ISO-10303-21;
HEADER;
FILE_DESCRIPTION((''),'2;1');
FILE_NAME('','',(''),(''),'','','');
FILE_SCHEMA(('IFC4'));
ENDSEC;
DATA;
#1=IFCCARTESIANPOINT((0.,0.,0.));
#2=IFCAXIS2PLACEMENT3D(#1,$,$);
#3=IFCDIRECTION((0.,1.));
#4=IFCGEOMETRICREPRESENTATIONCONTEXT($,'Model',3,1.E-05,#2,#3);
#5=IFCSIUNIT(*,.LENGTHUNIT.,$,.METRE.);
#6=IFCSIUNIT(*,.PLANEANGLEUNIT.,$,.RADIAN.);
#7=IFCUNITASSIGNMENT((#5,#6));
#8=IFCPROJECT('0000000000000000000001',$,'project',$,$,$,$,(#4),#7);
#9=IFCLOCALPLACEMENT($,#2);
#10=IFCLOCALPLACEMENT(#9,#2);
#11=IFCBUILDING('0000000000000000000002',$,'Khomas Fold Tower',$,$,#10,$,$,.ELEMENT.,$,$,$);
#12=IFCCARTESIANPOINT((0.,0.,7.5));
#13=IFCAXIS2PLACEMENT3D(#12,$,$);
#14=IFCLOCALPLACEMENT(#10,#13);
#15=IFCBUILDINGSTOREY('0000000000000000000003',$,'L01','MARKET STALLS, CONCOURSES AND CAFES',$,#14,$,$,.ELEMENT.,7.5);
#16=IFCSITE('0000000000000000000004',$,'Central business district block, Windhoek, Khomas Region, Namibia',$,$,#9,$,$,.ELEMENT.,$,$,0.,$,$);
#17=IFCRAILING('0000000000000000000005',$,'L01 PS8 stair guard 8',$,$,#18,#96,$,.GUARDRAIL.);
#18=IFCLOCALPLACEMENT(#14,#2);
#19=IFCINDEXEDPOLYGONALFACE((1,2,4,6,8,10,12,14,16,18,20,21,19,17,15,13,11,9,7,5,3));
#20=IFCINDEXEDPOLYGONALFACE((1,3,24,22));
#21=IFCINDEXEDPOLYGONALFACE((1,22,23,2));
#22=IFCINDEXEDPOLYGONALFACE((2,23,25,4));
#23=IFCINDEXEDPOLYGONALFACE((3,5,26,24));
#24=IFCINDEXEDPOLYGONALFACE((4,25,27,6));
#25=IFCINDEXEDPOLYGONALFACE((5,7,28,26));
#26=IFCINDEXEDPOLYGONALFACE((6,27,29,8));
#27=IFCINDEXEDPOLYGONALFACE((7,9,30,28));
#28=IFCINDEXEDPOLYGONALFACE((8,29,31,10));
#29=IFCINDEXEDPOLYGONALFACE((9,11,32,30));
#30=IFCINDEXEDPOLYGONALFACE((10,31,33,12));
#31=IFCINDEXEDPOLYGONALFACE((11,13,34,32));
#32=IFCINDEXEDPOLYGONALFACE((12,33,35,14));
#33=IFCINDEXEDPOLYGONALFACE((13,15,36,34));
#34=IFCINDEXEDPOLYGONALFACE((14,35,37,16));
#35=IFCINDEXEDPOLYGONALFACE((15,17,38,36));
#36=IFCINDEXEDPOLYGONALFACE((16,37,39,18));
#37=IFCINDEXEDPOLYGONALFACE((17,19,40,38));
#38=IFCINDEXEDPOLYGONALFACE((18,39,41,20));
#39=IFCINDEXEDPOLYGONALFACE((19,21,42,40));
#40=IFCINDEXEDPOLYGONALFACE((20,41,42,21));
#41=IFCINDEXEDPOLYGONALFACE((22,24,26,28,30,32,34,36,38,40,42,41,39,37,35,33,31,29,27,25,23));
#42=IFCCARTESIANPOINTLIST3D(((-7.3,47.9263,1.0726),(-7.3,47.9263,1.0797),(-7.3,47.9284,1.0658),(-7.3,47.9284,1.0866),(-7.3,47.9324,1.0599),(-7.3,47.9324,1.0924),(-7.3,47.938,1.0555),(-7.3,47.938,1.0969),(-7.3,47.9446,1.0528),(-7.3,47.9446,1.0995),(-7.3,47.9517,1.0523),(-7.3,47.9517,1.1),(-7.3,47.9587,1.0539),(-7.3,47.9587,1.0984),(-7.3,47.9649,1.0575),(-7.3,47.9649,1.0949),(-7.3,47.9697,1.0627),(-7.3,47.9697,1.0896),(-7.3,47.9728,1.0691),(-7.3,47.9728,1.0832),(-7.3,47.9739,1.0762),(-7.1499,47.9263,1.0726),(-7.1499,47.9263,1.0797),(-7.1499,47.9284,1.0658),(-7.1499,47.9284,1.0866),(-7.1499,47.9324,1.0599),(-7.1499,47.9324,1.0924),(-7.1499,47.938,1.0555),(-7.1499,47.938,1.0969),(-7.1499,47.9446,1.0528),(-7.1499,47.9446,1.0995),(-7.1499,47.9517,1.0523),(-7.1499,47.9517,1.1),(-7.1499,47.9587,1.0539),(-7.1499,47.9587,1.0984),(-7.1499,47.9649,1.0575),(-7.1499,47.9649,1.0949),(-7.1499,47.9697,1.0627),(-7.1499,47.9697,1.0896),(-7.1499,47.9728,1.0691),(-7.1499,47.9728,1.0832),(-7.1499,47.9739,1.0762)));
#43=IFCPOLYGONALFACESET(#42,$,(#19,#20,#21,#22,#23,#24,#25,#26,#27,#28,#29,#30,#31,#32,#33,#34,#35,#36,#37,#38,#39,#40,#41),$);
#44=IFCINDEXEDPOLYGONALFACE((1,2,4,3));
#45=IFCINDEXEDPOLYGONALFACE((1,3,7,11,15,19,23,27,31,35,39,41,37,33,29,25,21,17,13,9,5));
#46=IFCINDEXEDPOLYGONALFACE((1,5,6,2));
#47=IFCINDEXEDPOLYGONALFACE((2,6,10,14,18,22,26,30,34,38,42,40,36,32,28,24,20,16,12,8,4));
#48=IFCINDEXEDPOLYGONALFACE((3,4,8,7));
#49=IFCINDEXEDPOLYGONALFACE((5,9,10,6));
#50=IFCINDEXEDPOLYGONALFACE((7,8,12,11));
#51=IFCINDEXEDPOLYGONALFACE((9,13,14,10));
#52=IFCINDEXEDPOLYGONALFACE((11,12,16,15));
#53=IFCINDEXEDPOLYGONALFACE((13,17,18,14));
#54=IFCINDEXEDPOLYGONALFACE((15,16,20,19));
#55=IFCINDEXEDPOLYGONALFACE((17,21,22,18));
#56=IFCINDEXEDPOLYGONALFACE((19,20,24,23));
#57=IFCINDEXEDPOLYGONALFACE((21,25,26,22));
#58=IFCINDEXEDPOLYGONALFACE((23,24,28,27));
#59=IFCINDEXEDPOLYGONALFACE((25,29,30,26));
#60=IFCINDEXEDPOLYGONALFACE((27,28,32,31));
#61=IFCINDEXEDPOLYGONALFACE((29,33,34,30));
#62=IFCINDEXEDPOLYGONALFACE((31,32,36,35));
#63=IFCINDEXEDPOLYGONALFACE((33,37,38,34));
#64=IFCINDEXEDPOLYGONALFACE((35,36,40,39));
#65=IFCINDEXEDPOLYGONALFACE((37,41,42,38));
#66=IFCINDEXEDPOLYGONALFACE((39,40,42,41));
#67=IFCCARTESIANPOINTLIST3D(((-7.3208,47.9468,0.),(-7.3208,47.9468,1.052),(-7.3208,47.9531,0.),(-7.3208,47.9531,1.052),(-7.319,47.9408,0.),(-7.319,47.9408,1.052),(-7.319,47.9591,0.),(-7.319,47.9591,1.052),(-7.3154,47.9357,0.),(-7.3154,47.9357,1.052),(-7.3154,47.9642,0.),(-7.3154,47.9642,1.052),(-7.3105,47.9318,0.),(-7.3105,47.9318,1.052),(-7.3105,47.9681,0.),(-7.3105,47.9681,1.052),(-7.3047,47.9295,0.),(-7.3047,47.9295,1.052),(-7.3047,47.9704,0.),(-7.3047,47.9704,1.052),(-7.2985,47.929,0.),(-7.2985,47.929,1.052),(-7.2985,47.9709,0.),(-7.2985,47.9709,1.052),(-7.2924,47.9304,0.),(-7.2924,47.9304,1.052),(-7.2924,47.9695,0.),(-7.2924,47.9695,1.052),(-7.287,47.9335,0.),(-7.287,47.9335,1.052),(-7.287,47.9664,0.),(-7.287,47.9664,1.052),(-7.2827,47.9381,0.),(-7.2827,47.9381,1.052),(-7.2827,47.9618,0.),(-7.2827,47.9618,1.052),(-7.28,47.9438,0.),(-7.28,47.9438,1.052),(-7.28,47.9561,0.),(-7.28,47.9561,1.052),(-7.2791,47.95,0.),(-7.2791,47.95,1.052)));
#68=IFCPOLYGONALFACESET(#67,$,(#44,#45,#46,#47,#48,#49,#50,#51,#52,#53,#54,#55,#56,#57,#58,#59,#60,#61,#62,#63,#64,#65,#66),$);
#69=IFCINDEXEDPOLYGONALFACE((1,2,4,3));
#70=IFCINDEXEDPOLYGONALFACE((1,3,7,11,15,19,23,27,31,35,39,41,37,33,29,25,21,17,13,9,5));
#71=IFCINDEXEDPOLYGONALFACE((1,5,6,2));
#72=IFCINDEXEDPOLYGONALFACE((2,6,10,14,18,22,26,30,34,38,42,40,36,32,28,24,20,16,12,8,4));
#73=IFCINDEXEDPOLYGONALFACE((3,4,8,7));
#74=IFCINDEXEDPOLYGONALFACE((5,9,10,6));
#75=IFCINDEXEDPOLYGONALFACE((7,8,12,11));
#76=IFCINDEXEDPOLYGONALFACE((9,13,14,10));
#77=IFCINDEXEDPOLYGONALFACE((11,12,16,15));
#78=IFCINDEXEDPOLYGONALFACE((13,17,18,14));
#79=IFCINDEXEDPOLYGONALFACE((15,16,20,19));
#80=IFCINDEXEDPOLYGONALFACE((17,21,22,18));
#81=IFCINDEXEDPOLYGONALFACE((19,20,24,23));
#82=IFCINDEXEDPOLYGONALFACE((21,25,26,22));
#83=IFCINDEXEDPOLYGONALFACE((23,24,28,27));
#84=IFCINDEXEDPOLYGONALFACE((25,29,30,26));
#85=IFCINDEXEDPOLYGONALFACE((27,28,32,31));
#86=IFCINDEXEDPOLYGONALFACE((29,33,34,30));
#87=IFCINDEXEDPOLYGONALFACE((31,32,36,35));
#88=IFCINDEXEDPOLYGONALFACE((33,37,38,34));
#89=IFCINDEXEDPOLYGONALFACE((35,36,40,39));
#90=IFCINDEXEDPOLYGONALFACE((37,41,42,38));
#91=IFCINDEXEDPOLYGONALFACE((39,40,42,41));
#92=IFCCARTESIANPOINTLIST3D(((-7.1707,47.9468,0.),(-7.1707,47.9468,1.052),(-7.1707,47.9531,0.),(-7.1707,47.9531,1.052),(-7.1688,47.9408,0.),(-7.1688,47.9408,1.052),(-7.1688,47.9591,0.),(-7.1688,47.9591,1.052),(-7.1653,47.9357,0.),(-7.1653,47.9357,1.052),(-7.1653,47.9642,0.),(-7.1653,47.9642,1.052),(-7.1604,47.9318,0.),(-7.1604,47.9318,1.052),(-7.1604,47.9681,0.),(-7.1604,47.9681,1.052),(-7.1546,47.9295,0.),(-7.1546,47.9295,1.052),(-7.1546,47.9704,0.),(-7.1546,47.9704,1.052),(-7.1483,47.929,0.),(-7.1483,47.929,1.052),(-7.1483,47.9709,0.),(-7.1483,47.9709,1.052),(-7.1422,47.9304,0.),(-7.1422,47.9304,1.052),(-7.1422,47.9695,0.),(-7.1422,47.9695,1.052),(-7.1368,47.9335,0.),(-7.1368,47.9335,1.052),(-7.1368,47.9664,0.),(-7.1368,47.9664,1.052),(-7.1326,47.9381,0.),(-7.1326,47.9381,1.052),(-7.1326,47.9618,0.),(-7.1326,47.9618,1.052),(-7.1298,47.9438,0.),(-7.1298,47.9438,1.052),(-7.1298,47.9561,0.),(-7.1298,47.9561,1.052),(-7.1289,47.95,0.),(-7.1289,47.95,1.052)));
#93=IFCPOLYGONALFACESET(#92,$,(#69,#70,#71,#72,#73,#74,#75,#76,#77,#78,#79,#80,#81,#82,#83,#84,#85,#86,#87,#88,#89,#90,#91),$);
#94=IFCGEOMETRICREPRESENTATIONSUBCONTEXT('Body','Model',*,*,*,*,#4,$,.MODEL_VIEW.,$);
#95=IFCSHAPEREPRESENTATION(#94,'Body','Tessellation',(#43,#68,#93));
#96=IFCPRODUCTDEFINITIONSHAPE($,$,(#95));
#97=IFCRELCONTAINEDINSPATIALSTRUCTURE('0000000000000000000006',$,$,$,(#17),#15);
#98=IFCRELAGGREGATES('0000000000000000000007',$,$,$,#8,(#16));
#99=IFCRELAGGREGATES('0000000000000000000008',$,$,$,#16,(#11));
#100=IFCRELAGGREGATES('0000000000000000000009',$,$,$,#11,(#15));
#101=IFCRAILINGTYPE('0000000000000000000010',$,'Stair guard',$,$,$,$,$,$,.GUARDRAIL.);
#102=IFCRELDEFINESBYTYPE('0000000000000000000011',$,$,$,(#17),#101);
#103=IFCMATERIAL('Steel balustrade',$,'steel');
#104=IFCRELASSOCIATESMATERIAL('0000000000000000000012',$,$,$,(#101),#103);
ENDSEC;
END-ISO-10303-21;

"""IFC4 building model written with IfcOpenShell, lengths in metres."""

from ifc_helpers import new_model, si_unit, direction, frame, origin, origin_2d, place, context, subcontext, project, spatial, circle, extrude, source, transform, mapped, material, type_object, element, save


model = new_model("IFC4")

# Units and contexts
model_context = context("Model", 3, precision=1e-05, world=origin(), true_north=direction((0.0, 1.0)))
body_context = subcontext(model_context, "Body", "Model", "MODEL_VIEW")
ifc_project = project(units=[si_unit("LENGTHUNIT", "METRE"), si_unit("PLANEANGLEUNIT", "RADIAN")], contexts=[model_context])

# Site, building, storey
site_placement = place(None, origin())
site = spatial("IfcSite", under=ifc_project, at=site_placement, Name="Central business district block, Windhoek, Khomas Region, Namibia", CompositionType="ELEMENT", RefElevation=0.0)
building_placement = place(site_placement, origin())
building = spatial("IfcBuilding", under=site, at=building_placement, Name="Khomas Fold Tower", CompositionType="ELEMENT")
storey_placement = place(building_placement, frame((0.0, 0.0, 7.5)))
storey = spatial("IfcBuildingStorey", under=building, at=storey_placement, Name="L01", Description="MARKET STALLS, CONCOURSES AND CAFES", CompositionType="ELEMENT", Elevation=7.5)

# Railing
ifc_material_1 = material(Name="Steel balustrade", Category="steel")
railing_type_1 = type_object("IfcRailingType", Name="Stair guard", PredefinedType="GUARDRAIL", material=ifc_material_1)
shared_shape_1 = source(origin(), body_context, "Body", "SweptSolid", [
    extrude(circle(Radius=0.0239, at=origin_2d()), frame((0.0, 0.0, 1.0762), z_axis=(1.0, 0.0, 0.0), x_axis=(0.0, 1.0, 0.0)), (0.0, 0.0, 1.0), 0.1501),
    extrude(circle(Radius=0.021, at=origin_2d()), origin(), (0.0, 0.0, 1.0), 1.052),
    extrude(circle(Radius=0.021, at=origin_2d()), frame((0.1501, 0.0, 0.0)), (0.0, 0.0, 1.0), 1.052),
])
for number, where, name in (
    (1, (-7.3, 47.95, 0.0), "L01 PS8 stair guard 8"),
):
    element("IfcRailing", number, at=place(storey_placement, frame(where)), inside=storey, type_object=railing_type_1, Name=name, PredefinedType="GUARDRAIL", context=body_context, shape_type="MappedRepresentation", body=[
        mapped(shared_shape_1, transform((0.0, 0.0, 0.0))),
    ])

save(model, "model.ifc")
